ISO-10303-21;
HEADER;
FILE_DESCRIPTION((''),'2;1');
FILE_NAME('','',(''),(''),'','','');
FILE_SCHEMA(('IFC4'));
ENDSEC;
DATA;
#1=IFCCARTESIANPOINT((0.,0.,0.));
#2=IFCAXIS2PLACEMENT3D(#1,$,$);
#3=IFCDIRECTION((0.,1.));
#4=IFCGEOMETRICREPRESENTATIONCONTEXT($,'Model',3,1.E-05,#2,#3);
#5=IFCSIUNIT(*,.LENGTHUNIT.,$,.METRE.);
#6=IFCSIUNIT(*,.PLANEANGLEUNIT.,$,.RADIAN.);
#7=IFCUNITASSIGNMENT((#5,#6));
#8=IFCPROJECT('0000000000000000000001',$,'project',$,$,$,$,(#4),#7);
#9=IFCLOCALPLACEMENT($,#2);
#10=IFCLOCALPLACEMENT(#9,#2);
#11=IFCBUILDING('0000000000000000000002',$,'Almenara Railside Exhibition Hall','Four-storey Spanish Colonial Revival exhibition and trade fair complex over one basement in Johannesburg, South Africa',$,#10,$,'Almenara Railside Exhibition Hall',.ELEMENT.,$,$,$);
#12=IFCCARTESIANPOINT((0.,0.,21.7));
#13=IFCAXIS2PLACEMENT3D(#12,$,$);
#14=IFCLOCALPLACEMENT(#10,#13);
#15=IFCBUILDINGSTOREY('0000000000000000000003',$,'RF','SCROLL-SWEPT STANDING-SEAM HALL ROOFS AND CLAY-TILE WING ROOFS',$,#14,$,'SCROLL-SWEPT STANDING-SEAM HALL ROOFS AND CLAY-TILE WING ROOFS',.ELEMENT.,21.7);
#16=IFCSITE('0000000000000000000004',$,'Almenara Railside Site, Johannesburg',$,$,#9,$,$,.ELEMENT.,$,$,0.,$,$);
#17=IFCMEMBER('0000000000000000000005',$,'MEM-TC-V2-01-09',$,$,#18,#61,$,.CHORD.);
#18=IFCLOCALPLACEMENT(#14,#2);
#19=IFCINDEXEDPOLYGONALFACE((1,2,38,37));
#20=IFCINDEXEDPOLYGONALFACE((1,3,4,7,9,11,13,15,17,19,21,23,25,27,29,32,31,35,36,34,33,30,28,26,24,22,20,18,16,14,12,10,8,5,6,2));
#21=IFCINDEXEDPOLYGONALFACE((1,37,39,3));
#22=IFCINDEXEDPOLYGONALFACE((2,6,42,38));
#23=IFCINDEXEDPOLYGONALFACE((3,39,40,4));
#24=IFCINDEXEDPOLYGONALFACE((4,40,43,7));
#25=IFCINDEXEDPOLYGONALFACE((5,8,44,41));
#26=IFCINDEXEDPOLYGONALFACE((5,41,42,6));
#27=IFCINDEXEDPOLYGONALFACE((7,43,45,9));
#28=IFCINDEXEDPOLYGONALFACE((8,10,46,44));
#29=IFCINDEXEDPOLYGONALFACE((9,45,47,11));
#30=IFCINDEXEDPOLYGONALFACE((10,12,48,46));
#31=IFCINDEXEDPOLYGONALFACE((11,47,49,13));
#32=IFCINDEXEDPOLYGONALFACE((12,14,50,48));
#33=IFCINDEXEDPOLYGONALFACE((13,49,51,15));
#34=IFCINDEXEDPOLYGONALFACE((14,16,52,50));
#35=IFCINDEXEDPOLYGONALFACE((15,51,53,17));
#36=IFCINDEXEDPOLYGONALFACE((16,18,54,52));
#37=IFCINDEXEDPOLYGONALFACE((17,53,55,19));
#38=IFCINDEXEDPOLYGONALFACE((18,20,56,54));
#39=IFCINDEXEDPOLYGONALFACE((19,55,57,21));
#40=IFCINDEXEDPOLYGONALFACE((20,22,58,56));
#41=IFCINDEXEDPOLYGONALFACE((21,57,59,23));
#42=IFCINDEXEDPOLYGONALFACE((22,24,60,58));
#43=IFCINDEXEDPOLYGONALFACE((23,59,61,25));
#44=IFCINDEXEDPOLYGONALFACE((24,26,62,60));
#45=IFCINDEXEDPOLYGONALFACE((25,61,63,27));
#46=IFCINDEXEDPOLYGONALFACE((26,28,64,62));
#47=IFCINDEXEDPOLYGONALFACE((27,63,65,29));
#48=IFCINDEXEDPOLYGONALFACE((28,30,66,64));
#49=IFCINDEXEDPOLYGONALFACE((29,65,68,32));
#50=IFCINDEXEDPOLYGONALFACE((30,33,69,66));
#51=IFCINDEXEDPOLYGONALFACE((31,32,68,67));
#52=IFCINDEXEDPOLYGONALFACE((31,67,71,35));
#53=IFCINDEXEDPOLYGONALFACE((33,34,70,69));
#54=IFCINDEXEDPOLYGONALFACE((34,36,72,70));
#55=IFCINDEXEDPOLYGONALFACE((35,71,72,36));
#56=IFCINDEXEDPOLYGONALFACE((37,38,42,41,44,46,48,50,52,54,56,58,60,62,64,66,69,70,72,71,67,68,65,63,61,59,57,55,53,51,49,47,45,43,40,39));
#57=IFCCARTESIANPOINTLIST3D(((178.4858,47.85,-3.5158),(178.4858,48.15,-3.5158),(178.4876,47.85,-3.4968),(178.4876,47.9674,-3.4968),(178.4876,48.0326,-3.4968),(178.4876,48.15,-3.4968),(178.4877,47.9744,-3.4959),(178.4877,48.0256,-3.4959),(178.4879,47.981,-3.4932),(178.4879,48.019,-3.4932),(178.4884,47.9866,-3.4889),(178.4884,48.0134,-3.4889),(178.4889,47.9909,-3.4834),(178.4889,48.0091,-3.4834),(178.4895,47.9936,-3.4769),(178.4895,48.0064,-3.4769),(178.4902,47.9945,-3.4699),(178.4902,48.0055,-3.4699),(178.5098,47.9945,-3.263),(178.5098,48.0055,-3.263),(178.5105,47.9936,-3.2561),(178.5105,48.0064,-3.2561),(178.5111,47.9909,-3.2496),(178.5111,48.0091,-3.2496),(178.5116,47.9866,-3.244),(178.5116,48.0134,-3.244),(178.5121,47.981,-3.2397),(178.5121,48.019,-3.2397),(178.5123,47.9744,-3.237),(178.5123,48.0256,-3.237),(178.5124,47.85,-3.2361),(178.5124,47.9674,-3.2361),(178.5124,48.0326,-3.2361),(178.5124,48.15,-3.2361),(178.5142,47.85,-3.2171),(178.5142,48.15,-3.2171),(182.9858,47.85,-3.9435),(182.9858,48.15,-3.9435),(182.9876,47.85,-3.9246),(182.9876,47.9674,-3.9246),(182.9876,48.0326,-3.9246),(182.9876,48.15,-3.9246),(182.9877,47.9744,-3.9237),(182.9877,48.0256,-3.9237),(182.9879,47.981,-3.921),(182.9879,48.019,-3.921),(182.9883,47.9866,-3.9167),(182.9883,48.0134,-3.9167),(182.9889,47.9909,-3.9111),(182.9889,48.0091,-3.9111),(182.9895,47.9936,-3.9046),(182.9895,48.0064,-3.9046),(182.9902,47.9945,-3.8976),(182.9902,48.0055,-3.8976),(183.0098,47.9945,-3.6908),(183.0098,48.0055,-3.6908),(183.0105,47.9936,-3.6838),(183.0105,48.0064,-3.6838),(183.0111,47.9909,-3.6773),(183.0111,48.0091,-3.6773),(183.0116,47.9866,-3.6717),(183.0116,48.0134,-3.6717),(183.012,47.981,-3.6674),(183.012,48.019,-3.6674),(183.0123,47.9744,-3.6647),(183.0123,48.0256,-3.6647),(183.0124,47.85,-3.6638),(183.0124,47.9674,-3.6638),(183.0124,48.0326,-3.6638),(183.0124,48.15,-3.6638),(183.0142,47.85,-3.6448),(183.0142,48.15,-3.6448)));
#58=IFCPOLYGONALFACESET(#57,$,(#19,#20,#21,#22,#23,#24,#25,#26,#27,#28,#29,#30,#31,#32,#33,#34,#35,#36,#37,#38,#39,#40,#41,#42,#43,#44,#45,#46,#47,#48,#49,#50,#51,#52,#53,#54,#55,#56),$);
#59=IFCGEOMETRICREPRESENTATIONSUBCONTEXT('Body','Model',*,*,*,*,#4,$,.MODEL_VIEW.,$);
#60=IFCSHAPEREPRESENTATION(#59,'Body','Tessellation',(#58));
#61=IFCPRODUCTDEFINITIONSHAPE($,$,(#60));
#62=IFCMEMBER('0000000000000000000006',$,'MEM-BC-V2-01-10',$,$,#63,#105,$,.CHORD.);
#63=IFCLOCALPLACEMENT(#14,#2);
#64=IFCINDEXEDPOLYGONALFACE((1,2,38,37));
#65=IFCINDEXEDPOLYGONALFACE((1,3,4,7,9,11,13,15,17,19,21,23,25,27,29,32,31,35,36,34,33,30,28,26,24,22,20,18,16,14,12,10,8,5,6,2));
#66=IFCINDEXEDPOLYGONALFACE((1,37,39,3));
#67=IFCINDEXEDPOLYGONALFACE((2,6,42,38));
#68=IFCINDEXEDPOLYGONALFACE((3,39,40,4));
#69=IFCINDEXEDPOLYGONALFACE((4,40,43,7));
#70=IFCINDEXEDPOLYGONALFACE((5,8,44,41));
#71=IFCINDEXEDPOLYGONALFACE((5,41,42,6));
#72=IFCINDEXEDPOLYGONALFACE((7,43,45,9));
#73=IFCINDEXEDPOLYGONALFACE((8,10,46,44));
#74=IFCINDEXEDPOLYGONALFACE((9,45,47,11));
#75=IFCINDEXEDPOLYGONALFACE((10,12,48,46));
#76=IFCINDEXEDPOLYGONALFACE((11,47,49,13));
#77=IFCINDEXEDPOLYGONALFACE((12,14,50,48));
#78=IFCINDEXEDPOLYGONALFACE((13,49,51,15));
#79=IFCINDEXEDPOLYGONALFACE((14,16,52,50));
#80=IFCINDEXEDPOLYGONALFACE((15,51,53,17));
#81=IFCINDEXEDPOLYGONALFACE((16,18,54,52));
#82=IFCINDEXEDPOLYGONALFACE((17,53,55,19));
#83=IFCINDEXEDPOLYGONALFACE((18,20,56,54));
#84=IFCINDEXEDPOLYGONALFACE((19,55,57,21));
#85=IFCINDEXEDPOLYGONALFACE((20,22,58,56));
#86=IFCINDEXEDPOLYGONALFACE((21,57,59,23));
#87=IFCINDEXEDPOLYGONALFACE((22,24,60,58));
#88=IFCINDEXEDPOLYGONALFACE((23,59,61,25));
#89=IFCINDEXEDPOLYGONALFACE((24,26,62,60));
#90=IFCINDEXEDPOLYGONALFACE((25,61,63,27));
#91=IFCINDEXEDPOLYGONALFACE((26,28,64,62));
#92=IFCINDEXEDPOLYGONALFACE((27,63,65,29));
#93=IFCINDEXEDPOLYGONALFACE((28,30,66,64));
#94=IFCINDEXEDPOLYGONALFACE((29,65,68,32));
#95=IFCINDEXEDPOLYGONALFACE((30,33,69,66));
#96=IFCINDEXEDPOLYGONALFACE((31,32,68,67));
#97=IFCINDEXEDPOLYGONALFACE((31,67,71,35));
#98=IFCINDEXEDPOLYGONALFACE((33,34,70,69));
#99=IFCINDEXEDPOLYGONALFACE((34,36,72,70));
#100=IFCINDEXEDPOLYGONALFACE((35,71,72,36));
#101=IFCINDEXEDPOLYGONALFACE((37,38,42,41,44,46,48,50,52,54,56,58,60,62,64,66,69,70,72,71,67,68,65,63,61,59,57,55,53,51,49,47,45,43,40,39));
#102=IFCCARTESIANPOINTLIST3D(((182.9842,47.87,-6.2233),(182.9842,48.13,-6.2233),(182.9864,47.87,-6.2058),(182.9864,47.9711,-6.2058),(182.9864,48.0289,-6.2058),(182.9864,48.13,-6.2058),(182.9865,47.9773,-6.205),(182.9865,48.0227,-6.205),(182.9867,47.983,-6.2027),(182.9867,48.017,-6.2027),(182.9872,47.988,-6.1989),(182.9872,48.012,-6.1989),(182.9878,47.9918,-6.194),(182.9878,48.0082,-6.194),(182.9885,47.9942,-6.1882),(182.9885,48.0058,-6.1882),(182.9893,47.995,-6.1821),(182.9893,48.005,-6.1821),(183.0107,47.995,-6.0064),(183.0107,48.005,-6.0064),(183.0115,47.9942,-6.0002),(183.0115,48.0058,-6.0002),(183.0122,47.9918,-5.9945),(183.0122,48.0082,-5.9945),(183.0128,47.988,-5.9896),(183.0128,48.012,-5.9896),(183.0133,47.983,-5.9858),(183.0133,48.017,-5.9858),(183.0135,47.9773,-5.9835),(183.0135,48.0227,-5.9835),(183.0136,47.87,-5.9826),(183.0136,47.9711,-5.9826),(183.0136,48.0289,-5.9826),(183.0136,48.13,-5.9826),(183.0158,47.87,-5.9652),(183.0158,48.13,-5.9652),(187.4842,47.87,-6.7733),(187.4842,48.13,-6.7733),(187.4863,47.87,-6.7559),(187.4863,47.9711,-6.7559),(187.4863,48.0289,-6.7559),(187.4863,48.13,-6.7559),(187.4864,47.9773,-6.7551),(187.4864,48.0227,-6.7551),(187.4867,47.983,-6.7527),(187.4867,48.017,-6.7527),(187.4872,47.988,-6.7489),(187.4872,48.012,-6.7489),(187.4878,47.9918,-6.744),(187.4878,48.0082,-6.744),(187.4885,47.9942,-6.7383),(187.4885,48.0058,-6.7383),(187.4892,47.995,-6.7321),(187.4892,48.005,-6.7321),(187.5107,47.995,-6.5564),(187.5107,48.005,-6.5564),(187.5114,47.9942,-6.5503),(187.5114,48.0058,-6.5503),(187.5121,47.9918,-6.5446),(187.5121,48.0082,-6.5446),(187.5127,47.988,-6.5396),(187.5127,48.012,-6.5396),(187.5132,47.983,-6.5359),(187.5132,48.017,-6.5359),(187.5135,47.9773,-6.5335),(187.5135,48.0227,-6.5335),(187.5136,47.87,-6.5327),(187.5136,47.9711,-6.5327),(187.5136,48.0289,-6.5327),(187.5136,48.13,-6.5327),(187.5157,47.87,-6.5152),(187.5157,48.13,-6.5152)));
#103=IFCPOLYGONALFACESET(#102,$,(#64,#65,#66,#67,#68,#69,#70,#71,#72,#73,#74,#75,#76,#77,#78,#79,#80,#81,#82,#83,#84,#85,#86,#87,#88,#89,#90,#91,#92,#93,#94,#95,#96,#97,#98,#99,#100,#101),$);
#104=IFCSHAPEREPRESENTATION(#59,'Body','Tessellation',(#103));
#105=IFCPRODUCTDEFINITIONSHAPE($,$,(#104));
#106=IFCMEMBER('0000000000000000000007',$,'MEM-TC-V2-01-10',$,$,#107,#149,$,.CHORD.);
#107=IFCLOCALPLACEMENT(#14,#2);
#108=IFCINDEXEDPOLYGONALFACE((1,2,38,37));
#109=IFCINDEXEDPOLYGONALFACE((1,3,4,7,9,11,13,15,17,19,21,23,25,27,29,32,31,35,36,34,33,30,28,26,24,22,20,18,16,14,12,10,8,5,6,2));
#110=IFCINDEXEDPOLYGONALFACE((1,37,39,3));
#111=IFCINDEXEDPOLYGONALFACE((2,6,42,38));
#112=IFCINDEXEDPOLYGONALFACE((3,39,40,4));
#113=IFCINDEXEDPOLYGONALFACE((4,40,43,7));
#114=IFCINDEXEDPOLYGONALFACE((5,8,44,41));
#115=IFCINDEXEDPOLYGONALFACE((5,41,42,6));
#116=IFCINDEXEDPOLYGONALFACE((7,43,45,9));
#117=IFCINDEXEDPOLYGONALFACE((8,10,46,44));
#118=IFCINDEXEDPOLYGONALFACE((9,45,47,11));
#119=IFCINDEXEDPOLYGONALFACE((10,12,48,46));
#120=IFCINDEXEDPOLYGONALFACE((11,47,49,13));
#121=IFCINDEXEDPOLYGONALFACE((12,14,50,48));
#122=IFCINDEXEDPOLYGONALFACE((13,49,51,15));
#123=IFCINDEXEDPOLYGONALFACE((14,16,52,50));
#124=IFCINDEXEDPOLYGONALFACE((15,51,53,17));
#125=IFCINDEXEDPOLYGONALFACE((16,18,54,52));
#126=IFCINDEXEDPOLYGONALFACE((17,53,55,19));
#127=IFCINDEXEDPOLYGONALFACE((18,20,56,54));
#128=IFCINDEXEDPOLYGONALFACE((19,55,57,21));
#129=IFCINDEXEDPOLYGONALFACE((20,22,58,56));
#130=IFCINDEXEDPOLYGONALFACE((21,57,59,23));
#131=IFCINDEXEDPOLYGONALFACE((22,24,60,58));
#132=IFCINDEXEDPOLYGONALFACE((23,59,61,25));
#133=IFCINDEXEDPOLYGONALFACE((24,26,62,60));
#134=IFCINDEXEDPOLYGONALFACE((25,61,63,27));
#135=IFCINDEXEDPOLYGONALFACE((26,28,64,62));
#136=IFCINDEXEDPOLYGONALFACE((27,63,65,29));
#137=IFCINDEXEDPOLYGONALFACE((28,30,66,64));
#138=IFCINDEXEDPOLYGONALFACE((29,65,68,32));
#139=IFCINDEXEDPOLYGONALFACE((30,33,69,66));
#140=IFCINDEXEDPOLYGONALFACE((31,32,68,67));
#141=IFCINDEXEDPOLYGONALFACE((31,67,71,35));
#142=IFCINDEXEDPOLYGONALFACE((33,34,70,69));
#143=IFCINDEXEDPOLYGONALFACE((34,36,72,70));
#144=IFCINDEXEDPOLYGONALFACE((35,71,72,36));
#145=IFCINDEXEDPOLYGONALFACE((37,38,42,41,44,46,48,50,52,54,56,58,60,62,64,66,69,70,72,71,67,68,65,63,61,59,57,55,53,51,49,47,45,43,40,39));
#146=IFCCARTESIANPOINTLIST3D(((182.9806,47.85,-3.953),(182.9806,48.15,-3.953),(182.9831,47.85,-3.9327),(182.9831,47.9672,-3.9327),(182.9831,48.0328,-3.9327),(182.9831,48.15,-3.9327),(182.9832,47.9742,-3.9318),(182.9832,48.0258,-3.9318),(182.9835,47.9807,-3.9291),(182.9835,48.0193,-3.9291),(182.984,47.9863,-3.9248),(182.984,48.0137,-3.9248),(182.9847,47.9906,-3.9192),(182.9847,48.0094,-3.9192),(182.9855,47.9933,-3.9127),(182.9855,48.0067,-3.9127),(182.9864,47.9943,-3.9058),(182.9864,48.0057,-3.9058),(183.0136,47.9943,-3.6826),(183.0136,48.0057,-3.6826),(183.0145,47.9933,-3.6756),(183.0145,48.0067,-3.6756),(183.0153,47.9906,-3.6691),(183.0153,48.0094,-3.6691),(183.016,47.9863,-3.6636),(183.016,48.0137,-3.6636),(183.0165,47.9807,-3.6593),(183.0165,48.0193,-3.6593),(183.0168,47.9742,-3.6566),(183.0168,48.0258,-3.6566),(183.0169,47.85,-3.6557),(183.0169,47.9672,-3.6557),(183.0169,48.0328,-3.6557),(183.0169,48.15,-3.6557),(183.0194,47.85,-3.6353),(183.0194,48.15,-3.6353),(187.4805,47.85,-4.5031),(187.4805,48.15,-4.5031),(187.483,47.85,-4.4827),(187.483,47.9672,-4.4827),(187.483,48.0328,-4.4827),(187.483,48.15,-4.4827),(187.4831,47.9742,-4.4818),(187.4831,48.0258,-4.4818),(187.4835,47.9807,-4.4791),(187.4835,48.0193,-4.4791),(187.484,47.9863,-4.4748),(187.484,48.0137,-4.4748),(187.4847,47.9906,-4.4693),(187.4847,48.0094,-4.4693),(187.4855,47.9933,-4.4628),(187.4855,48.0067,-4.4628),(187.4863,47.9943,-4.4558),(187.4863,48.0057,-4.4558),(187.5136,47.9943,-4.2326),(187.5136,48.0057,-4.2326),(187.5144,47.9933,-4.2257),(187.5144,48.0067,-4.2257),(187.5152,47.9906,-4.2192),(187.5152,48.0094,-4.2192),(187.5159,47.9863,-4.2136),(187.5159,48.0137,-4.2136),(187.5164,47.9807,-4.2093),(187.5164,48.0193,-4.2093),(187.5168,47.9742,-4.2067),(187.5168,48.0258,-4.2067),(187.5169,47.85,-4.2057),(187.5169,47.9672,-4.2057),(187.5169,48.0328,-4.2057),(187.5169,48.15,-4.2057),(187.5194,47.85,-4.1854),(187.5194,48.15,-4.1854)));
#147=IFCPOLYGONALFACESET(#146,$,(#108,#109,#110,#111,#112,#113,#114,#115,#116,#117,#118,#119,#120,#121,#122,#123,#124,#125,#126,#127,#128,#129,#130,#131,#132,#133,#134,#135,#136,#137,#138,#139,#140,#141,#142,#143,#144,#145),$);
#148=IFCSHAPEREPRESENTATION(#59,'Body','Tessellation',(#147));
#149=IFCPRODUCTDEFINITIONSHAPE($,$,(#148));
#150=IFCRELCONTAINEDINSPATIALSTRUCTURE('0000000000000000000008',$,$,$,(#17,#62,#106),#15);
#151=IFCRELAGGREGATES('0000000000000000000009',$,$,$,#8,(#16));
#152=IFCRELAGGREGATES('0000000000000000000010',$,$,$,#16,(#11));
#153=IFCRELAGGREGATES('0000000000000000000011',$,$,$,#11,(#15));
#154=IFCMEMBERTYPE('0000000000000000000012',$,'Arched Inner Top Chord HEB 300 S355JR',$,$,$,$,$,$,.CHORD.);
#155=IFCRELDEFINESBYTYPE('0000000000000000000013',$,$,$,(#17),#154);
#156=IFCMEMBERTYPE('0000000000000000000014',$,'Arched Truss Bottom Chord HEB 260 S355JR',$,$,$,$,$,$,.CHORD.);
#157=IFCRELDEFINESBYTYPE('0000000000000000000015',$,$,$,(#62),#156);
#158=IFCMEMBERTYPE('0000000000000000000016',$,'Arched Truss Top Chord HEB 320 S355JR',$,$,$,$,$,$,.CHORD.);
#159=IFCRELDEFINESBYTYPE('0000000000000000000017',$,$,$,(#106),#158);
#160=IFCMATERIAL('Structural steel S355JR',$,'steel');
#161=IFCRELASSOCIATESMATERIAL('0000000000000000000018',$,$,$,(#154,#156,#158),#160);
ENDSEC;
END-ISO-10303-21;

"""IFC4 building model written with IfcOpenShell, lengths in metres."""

from ifc_helpers import new_model, si_unit, direction, frame, origin, origin_2d, place, context, subcontext, project, spatial, i_section, extrude, material, material_profile, profile_set, type_object, element, save


model = new_model("IFC4")

# Units and contexts
model_context = context("Model", 3, precision=1e-05, world=origin(), true_north=direction((0.0, 1.0)))
body_context = subcontext(model_context, "Body", "Model", "MODEL_VIEW")
ifc_project = project(units=[si_unit("LENGTHUNIT", "METRE"), si_unit("PLANEANGLEUNIT", "RADIAN")], contexts=[model_context])

# Site, building, storey
site_placement = place(None, origin())
site = spatial("IfcSite", under=ifc_project, at=site_placement, Name="Almenara Railside Site, Johannesburg", CompositionType="ELEMENT", RefElevation=0.0)
building_placement = place(site_placement, origin())
building = spatial("IfcBuilding", under=site, at=building_placement, Name="Almenara Railside Exhibition Hall", Description="Four-storey Spanish Colonial Revival exhibition and trade fair complex over one basement in Johannesburg, South Africa", LongName="Almenara Railside Exhibition Hall", CompositionType="ELEMENT")
storey_placement = place(building_placement, frame((0.0, 0.0, 21.7)))
storey = spatial("IfcBuildingStorey", under=building, at=storey_placement, Name="RF", Description="SCROLL-SWEPT STANDING-SEAM HALL ROOFS AND CLAY-TILE WING ROOFS", LongName="SCROLL-SWEPT STANDING-SEAM HALL ROOFS AND CLAY-TILE WING ROOFS", CompositionType="ELEMENT", Elevation=21.7)

# Members
ifc_material_1 = material(Name="Structural steel S355JR", Category="steel")
ifc_material_profile_1 = material_profile(ifc_material_1, i_section(OverallWidth=0.3, OverallDepth=0.3, WebThickness=0.011, FlangeThickness=0.019, FilletRadius=0.0271, at=origin_2d()), Name="HEB 300")
ifc_profile_set_1 = profile_set([ifc_material_profile_1], Name="Structural steel S355JR")
member_type_1 = type_object("IfcMemberType", Name="Arched Inner Top Chord HEB 300 S355JR", PredefinedType="CHORD", material=ifc_profile_set_1)
member_1_placement = place(storey_placement, frame((178.5, 48.0, -3.3665), z_axis=(0.995513, 0.0, -0.094626), x_axis=(0.0, 1.0, 0.0)))
element("IfcMember", 1, at=member_1_placement, inside=storey, type_object=member_type_1, Name="MEM-TC-V2-01-09", PredefinedType="CHORD", context=body_context, shape_type="SweptSolid", body=[
    extrude(i_section(OverallWidth=0.3, OverallDepth=0.3, WebThickness=0.011, FlangeThickness=0.019, FilletRadius=0.0271, at=origin_2d()), origin(), (0.0, 0.0, 1.0), 4.5203),
])
ifc_material_profile_2 = material_profile(ifc_material_1, i_section(OverallWidth=0.26, OverallDepth=0.26, WebThickness=0.01, FlangeThickness=0.0176, FilletRadius=0.0239, at=origin_2d()), Name="HEB 260")
ifc_profile_set_2 = profile_set([ifc_material_profile_2], Name="Structural steel S355JR")
member_type_2 = type_object("IfcMemberType", Name="Arched Truss Bottom Chord HEB 260 S355JR", PredefinedType="CHORD", material=ifc_profile_set_2)
member_2_placement = place(storey_placement, frame((183.0, 48.0, -6.0942), z_axis=(0.992612, 0.0, -0.12133), x_axis=(0.0, 1.0, 0.0)))
element("IfcMember", 2, at=member_2_placement, inside=storey, type_object=member_type_2, Name="MEM-BC-V2-01-10", PredefinedType="CHORD", context=body_context, shape_type="SweptSolid", body=[
    extrude(i_section(OverallWidth=0.26, OverallDepth=0.26, WebThickness=0.01, FlangeThickness=0.0176, FilletRadius=0.0239, at=origin_2d()), origin(), (0.0, 0.0, 1.0), 4.5334),
])
ifc_material_profile_3 = material_profile(ifc_material_1, i_section(OverallWidth=0.3, OverallDepth=0.3201, WebThickness=0.0115, FlangeThickness=0.0205, FilletRadius=0.0271, at=origin_2d()), Name="HEB 320")
ifc_profile_set_3 = profile_set([ifc_material_profile_3], Name="Structural steel S355JR")
member_type_3 = type_object("IfcMemberType", Name="Arched Truss Top Chord HEB 320 S355JR", PredefinedType="CHORD", material=ifc_profile_set_3)
member_3_placement = place(storey_placement, frame((183.0, 48.0, -3.7942), z_axis=(0.992612, 0.0, -0.12133), x_axis=(0.0, 1.0, 0.0)))
element("IfcMember", 3, at=member_3_placement, inside=storey, type_object=member_type_3, Name="MEM-TC-V2-01-10", PredefinedType="CHORD", context=body_context, shape_type="SweptSolid", body=[
    extrude(i_section(OverallWidth=0.3, OverallDepth=0.3201, WebThickness=0.0115, FlangeThickness=0.0205, FilletRadius=0.0271, at=origin_2d()), origin(), (0.0, 0.0, 1.0), 4.5334),
])

save(model, "model.ifc")
